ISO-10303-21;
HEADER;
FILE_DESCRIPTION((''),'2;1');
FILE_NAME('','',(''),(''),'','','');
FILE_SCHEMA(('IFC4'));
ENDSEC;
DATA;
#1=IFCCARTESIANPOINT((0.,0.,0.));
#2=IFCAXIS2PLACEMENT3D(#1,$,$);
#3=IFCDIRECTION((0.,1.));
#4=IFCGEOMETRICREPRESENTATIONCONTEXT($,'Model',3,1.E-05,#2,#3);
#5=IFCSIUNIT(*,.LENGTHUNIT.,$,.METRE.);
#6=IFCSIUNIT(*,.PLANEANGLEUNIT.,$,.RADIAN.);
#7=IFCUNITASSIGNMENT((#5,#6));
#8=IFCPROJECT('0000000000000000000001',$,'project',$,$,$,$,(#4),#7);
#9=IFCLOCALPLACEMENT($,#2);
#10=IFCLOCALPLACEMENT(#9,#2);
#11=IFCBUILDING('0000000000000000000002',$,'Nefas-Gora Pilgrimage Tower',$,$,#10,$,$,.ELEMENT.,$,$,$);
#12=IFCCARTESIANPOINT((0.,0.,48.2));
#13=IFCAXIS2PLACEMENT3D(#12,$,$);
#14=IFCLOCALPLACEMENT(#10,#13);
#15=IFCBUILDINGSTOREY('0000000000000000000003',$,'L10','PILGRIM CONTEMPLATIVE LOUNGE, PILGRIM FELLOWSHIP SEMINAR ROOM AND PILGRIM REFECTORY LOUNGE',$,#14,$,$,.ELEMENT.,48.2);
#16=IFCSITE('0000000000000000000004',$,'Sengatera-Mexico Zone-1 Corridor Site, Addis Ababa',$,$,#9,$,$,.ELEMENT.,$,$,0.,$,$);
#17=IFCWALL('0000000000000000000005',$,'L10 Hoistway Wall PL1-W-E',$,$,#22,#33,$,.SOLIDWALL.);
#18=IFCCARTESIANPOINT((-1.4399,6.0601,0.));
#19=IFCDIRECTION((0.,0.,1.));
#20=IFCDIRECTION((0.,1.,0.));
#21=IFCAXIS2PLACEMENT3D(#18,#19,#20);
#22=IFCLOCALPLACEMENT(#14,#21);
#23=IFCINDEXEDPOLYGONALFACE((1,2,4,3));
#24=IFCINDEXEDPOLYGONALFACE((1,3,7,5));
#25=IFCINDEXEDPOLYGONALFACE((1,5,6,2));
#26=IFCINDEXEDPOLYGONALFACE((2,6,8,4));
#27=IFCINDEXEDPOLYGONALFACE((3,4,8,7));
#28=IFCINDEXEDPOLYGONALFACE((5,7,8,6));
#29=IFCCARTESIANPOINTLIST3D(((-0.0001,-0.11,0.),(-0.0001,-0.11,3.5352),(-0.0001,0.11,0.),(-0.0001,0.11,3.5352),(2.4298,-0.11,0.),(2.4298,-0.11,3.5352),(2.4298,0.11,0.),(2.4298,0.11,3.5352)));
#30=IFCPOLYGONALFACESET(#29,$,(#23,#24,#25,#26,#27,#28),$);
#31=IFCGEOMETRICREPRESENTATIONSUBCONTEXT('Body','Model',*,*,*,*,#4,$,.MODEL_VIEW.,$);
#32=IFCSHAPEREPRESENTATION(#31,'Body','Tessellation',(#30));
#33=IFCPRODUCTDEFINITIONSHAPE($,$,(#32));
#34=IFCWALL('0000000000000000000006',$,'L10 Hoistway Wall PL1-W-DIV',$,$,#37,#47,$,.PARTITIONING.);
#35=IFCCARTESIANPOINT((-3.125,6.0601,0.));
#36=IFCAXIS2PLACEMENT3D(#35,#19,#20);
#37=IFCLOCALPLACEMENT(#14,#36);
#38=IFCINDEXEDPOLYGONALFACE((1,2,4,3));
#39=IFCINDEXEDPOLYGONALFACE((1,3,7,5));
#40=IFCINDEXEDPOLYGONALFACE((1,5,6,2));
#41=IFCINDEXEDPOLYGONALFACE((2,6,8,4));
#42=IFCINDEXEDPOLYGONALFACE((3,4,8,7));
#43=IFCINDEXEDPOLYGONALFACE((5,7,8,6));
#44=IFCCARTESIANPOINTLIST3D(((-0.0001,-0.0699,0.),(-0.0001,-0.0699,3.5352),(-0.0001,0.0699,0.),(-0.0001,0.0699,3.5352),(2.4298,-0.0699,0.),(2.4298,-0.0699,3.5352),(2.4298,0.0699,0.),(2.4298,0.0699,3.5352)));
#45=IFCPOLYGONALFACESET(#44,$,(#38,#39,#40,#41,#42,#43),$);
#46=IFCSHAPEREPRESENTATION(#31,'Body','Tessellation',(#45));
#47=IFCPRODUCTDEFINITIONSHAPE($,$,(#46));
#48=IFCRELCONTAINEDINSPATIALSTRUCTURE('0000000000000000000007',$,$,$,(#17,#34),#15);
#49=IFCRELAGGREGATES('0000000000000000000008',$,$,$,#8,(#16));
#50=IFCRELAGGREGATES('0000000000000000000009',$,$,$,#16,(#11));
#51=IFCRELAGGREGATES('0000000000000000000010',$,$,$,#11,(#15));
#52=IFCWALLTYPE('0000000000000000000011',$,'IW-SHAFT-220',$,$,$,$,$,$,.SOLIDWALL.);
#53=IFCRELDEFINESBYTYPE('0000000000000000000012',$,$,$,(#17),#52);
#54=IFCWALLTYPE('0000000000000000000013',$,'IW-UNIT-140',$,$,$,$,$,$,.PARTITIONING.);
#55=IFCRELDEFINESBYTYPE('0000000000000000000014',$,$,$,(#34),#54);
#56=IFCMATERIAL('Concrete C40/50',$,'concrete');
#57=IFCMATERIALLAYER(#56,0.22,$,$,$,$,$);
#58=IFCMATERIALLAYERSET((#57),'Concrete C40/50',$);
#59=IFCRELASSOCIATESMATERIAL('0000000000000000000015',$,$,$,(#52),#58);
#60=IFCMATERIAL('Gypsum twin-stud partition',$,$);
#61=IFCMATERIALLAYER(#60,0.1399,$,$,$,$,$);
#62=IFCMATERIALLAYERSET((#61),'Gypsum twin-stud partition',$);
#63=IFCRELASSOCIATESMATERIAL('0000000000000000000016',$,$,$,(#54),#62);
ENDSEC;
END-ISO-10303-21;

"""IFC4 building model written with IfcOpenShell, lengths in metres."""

from ifc_helpers import new_model, si_unit, direction, frame, frame_2d, origin, place, context, subcontext, project, spatial, rectangle, extrude, source, transform, mapped, material, layer, layer_set, type_object, element, save


model = new_model("IFC4")

# Units and contexts
model_context = context("Model", 3, precision=1e-05, world=origin(), true_north=direction((0.0, 1.0)))
body_context = subcontext(model_context, "Body", "Model", "MODEL_VIEW")
ifc_project = project(units=[si_unit("LENGTHUNIT", "METRE"), si_unit("PLANEANGLEUNIT", "RADIAN")], contexts=[model_context])

# Site, building, storey
site_placement = place(None, origin())
site = spatial("IfcSite", under=ifc_project, at=site_placement, Name="Sengatera-Mexico Zone-1 Corridor Site, Addis Ababa", CompositionType="ELEMENT", RefElevation=0.0)
building_placement = place(site_placement, origin())
building = spatial("IfcBuilding", under=site, at=building_placement, Name="Nefas-Gora Pilgrimage Tower", CompositionType="ELEMENT")
storey_placement = place(building_placement, frame((0.0, 0.0, 48.2)))
storey = spatial("IfcBuildingStorey", under=building, at=storey_placement, Name="L10", Description="PILGRIM CONTEMPLATIVE LOUNGE, PILGRIM FELLOWSHIP SEMINAR ROOM AND PILGRIM REFECTORY LOUNGE", CompositionType="ELEMENT", Elevation=48.2)

# Shared definitions
ifc_material_1 = material(Name="Concrete C40/50", Category="concrete")

# Shared definitions
ifc_layer_1 = layer(ifc_material_1, 0.22)
ifc_layer_set_1 = layer_set([ifc_layer_1], Name="Concrete C40/50")
wall_type_1 = type_object("IfcWallType", Name="IW-SHAFT-220", PredefinedType="SOLIDWALL", material=ifc_layer_set_1)

# Walls
shared_shape_1 = source(origin(), body_context, "Body", "SweptSolid", [
    extrude(rectangle(XDim=2.4299, YDim=0.22, at=frame_2d((1.2148, 0.0))), origin(), (0.0, 0.0, 1.0), 3.5352),
])
wall_1_placement = place(storey_placement, frame((-1.4399, 6.0601, 0.0), z_axis=(0.0, 0.0, 1.0), x_axis=(0.0, 1.0, 0.0)))
element("IfcWall", 1, at=wall_1_placement, inside=storey, type_object=wall_type_1, Name="L10 Hoistway Wall PL1-W-E", PredefinedType="SOLIDWALL", context=body_context, shape_type="MappedRepresentation", body=[
    mapped(shared_shape_1, transform((0.0, 0.0, 0.0), x_axis=(1.0, 0.0, 0.0), y_axis=(0.0, 1.0, 0.0), z_axis=(0.0, 0.0, 1.0), scale=1.0)),
])
ifc_material_2 = material(Name="Gypsum twin-stud partition")
ifc_layer_2 = layer(ifc_material_2, 0.1399)
ifc_layer_set_2 = layer_set([ifc_layer_2], Name="Gypsum twin-stud partition")
wall_type_2 = type_object("IfcWallType", Name="IW-UNIT-140", PredefinedType="PARTITIONING", material=ifc_layer_set_2)
shared_shape_2 = source(origin(), body_context, "Body", "SweptSolid", [
    extrude(rectangle(XDim=2.4299, YDim=0.1399, at=frame_2d((1.2148, 0.0))), origin(), (0.0, 0.0, 1.0), 3.5352),
])
wall_2_placement = place(storey_placement, frame((-3.125, 6.0601, 0.0), z_axis=(0.0, 0.0, 1.0), x_axis=(0.0, 1.0, 0.0)))
element("IfcWall", 2, at=wall_2_placement, inside=storey, type_object=wall_type_2, Name="L10 Hoistway Wall PL1-W-DIV", PredefinedType="PARTITIONING", context=body_context, shape_type="MappedRepresentation", body=[
    mapped(shared_shape_2, transform((0.0, 0.0, 0.0), x_axis=(1.0, 0.0, 0.0), y_axis=(0.0, 1.0, 0.0), z_axis=(0.0, 0.0, 1.0), scale=1.0)),
])

save(model, "model.ifc")
